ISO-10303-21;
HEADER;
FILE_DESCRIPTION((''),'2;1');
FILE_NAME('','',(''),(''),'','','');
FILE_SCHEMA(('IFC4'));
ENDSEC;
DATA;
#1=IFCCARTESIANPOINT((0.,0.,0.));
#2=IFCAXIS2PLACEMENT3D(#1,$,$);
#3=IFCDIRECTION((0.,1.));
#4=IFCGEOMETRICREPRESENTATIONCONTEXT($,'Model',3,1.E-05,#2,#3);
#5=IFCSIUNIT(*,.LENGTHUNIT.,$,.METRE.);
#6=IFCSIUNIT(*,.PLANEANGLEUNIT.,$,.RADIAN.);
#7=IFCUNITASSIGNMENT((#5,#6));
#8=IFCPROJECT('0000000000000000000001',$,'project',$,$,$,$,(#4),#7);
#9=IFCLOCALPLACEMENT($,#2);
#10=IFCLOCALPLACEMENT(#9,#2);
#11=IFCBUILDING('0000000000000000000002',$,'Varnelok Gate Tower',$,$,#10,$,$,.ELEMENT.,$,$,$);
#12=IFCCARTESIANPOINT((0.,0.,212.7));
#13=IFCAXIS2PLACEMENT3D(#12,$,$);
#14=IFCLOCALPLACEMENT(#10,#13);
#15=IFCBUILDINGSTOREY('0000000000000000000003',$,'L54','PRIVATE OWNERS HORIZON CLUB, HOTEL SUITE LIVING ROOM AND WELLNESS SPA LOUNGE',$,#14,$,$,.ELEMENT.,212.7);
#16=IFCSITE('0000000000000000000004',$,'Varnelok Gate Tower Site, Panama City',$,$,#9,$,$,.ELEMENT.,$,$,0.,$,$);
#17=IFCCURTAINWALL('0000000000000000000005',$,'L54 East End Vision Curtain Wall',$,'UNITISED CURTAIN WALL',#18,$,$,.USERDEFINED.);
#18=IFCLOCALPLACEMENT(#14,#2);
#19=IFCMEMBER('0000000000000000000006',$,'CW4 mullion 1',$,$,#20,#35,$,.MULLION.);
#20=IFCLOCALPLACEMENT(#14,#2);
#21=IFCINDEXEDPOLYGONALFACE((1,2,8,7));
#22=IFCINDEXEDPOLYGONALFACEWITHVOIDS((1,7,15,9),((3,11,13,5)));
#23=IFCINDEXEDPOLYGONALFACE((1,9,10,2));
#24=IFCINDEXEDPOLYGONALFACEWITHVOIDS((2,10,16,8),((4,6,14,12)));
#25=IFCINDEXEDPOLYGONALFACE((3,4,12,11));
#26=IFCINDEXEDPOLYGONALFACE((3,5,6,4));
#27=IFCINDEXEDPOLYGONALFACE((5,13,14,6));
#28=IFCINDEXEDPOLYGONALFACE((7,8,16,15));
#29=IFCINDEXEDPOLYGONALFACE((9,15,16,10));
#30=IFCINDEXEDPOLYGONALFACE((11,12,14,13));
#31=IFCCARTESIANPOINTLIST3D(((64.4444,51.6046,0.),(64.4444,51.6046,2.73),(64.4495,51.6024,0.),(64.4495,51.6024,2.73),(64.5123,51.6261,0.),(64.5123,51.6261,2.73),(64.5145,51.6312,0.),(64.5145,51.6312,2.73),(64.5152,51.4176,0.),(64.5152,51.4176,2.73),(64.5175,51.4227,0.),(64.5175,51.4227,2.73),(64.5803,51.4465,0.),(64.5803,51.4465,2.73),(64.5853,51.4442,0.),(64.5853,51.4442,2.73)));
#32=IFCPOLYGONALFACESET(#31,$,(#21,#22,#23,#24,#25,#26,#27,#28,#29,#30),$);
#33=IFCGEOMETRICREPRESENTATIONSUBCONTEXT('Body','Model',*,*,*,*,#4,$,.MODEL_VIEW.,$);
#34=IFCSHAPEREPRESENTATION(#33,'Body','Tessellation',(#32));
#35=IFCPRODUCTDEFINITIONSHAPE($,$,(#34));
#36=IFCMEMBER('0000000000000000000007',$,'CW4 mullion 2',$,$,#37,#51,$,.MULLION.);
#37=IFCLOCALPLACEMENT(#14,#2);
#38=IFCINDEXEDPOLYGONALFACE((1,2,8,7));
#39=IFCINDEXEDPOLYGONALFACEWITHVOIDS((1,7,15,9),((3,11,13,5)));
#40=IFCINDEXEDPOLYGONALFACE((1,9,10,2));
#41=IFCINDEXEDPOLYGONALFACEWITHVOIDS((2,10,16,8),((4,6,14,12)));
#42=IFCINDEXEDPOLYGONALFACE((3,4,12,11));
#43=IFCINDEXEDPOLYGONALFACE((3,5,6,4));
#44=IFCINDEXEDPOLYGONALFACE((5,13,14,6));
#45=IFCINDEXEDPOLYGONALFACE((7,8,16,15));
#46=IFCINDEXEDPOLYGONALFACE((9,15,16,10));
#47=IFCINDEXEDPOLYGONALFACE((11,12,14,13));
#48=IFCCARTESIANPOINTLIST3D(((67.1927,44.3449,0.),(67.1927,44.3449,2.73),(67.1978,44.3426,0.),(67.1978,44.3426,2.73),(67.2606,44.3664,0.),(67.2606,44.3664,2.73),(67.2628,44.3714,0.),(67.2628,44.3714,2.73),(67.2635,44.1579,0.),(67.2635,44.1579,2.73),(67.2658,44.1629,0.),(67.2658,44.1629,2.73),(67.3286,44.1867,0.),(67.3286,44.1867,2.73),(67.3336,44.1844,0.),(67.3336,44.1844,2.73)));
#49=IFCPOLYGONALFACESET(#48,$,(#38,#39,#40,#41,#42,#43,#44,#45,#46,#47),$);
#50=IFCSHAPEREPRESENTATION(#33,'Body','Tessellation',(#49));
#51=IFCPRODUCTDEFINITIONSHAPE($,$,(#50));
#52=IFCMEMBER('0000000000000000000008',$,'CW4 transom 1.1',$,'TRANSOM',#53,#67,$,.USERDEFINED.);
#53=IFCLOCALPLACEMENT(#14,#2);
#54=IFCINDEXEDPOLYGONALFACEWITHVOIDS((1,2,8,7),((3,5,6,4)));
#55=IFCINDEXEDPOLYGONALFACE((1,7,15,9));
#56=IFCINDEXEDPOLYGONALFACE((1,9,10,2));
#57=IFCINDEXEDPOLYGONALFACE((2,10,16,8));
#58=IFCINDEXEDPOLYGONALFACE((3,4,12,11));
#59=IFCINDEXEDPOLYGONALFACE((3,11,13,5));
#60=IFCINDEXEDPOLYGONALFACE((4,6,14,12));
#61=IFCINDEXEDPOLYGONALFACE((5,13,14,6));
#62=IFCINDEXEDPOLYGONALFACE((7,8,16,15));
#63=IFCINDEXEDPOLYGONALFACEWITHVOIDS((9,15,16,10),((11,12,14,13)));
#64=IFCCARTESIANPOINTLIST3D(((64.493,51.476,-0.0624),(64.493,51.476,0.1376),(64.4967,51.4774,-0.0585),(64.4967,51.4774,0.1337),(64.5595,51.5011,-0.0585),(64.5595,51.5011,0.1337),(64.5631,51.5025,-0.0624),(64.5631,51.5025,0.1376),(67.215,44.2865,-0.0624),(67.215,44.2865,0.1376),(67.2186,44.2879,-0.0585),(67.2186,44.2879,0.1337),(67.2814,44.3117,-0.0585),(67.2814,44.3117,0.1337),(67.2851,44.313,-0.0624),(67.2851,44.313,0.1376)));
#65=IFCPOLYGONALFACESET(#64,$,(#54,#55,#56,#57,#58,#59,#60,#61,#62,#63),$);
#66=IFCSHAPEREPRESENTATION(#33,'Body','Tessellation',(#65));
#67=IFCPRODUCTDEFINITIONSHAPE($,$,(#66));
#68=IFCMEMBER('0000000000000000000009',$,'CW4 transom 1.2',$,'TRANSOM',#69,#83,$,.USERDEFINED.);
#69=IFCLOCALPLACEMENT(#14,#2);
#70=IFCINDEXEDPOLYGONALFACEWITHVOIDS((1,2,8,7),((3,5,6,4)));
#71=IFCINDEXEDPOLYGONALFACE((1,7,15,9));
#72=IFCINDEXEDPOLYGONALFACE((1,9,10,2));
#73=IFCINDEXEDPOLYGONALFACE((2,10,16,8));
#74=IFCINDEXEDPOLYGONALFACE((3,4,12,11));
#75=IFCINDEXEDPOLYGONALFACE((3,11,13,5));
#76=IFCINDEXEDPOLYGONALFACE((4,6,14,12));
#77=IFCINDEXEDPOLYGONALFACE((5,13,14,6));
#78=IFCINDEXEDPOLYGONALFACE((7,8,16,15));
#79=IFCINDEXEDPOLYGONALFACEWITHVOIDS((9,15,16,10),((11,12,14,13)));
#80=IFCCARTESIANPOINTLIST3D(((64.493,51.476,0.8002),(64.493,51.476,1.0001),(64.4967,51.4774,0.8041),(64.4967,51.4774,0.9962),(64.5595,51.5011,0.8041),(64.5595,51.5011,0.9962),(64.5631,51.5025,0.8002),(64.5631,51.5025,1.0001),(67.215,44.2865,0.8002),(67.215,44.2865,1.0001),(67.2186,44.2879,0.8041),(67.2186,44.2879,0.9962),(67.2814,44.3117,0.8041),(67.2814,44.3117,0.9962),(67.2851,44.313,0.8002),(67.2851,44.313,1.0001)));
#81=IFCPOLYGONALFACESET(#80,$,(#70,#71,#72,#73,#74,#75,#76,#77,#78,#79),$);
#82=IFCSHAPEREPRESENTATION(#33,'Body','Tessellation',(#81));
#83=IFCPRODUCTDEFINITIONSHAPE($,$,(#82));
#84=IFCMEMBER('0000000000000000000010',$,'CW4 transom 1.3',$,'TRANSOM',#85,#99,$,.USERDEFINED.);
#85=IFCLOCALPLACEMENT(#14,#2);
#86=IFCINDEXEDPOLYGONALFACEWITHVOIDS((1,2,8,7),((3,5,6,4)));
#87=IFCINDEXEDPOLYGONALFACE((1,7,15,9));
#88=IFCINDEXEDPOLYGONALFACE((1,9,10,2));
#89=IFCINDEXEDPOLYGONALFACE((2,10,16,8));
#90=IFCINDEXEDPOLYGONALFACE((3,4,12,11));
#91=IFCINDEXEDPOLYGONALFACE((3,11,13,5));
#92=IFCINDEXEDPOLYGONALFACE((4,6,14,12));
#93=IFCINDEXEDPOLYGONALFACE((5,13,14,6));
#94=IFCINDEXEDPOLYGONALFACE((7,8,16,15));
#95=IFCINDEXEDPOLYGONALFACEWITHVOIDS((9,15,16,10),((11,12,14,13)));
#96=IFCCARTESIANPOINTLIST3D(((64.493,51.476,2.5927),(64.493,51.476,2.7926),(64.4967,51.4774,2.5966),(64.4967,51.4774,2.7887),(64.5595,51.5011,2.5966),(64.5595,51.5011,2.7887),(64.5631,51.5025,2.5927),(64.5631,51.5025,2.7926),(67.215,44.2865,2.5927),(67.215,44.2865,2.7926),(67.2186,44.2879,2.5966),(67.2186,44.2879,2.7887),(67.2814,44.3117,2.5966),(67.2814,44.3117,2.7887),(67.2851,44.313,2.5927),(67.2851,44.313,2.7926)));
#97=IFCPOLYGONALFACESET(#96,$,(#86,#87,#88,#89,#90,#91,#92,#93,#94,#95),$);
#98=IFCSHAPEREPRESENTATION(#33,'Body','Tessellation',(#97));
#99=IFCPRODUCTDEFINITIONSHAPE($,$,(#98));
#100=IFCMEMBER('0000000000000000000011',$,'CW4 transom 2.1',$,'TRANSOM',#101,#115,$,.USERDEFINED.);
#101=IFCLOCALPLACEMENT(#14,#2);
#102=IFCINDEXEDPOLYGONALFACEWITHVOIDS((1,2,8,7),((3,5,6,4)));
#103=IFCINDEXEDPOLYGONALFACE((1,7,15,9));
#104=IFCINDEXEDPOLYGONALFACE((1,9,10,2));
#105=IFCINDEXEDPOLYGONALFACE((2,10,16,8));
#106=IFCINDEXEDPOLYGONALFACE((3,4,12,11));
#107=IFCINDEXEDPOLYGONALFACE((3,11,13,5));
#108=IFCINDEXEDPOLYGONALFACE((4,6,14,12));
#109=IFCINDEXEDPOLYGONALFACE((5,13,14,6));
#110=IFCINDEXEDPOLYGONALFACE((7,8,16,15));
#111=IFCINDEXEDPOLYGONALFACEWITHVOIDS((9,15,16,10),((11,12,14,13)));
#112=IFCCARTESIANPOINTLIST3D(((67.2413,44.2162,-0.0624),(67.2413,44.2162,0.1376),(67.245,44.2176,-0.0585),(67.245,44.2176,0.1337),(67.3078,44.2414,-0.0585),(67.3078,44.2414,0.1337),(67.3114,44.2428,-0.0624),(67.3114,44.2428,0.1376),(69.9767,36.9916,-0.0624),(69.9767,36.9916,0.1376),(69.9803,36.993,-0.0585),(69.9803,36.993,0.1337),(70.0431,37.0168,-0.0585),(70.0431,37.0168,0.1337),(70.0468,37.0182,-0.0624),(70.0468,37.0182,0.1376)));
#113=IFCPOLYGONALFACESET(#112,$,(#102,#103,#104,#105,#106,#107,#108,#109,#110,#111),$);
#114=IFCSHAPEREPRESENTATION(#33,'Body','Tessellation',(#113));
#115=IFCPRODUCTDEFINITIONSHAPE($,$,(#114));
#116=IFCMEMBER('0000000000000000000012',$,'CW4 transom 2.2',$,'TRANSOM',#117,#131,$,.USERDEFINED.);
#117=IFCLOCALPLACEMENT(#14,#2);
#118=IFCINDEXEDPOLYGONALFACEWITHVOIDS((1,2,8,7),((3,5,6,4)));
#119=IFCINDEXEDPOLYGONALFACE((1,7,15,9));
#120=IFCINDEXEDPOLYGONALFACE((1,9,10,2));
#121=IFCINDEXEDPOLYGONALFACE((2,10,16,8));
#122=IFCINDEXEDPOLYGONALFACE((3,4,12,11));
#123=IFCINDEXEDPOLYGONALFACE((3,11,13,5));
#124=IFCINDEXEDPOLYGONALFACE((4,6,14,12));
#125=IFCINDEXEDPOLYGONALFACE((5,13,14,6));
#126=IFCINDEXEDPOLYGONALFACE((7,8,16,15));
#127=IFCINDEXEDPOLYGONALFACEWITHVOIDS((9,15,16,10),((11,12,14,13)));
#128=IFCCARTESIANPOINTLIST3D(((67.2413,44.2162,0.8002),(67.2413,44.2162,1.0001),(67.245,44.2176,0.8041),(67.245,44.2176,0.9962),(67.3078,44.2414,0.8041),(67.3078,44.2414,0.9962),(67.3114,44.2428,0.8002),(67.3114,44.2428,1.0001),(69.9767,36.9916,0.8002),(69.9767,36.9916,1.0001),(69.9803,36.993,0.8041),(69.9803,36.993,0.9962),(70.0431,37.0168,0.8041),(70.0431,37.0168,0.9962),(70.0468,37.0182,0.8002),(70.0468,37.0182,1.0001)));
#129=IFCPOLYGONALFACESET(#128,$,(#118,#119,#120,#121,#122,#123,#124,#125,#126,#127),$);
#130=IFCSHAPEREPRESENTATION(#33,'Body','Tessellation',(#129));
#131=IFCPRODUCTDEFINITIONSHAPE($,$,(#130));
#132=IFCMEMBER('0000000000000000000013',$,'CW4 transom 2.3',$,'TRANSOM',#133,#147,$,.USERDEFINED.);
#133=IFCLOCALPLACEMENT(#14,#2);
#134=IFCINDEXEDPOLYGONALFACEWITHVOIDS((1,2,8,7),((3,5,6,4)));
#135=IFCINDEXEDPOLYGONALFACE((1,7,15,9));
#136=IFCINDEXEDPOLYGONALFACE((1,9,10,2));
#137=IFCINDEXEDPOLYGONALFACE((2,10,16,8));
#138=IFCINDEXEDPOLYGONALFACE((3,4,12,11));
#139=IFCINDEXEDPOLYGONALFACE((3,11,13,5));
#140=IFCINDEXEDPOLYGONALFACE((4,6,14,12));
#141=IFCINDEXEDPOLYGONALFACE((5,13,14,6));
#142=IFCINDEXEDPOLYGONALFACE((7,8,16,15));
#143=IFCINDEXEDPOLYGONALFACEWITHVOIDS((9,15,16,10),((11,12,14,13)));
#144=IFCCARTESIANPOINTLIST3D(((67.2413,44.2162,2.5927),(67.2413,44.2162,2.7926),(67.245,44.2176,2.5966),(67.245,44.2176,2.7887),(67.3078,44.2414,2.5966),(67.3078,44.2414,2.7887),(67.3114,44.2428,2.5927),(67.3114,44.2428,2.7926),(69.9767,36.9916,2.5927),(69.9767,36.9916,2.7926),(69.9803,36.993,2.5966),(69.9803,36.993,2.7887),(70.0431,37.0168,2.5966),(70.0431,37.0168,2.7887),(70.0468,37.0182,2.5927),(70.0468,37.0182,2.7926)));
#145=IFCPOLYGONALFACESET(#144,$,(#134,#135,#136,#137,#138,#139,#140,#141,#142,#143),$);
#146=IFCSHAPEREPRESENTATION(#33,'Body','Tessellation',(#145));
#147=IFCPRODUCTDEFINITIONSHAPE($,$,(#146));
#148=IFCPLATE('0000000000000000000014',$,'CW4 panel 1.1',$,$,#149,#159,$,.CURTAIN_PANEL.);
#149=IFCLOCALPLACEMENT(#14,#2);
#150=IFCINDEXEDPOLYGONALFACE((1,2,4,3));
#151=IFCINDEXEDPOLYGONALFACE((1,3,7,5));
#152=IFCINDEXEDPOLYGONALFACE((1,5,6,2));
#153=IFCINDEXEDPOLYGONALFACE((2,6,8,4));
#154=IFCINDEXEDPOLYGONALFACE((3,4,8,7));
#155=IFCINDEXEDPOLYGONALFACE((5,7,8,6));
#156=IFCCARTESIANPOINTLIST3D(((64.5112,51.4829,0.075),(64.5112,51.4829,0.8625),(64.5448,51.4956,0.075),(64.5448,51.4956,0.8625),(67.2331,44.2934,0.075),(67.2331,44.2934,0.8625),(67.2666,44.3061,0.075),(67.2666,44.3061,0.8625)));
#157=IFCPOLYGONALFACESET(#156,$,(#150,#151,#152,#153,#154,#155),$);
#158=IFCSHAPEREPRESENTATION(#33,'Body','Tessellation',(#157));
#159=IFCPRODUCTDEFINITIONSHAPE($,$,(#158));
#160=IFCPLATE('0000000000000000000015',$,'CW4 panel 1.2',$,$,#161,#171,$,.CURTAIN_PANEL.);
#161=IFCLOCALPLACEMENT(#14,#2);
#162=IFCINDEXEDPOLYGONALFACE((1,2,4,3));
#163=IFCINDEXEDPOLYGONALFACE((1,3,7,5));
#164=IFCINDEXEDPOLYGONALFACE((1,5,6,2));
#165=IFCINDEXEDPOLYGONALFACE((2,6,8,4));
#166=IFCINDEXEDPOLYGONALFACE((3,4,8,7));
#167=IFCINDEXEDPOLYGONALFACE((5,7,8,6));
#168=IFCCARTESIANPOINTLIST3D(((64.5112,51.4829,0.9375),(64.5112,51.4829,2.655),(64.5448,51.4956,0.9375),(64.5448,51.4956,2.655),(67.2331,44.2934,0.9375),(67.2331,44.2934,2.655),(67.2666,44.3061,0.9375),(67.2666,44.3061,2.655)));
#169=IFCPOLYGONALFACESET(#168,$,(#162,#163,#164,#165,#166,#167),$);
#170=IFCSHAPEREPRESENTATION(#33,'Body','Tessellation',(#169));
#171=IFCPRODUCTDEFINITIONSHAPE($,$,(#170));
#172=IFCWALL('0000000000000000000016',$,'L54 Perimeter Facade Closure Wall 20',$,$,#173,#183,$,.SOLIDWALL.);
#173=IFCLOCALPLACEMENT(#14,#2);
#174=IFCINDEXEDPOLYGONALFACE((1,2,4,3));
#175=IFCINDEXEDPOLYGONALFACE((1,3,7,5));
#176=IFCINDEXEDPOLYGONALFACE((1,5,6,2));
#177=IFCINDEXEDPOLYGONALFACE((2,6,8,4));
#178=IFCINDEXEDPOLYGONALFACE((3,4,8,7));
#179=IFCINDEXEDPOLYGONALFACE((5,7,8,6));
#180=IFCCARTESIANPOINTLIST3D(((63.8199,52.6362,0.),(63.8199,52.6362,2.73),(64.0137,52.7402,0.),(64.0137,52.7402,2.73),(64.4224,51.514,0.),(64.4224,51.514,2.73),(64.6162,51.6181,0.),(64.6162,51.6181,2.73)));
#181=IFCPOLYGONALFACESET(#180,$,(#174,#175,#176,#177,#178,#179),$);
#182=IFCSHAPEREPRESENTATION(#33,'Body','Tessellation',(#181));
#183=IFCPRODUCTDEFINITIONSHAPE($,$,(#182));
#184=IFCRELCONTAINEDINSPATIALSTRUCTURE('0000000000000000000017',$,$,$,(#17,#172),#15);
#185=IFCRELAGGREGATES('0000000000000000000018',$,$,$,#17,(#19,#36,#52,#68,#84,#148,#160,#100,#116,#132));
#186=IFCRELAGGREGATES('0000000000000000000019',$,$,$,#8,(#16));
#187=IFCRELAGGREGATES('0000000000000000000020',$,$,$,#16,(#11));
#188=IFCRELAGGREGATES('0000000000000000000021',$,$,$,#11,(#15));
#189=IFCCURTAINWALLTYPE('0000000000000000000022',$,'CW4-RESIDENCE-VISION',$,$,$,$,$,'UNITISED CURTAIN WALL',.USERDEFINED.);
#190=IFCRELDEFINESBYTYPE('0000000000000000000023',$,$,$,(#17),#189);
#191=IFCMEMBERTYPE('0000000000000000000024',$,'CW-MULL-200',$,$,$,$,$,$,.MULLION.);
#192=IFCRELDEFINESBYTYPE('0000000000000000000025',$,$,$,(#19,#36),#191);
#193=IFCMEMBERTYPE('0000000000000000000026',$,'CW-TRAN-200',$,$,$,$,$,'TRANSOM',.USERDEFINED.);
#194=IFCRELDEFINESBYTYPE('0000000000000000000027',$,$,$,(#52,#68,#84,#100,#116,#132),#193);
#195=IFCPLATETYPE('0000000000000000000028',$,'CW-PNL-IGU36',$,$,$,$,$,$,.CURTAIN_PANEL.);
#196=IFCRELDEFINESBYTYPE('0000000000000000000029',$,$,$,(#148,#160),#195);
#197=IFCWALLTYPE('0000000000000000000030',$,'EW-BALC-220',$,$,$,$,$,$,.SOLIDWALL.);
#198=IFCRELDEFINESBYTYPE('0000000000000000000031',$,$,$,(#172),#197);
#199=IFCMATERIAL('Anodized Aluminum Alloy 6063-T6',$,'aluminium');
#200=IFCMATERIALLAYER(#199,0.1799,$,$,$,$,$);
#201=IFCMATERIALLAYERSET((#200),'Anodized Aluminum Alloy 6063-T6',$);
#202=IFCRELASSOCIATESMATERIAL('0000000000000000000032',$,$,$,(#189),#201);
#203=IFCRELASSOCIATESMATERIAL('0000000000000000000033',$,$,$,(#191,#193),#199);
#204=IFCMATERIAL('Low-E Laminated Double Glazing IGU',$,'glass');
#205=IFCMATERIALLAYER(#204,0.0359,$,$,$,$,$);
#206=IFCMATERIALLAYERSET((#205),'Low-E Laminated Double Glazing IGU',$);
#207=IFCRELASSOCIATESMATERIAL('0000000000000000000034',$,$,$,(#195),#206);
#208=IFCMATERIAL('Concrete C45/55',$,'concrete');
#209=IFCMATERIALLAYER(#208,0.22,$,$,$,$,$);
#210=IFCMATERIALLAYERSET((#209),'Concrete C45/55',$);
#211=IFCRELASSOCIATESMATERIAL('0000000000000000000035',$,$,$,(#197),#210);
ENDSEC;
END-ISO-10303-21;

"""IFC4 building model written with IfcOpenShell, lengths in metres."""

from ifc_helpers import new_model, si_unit, direction, frame, frame_2d, origin, origin_2d, place, context, subcontext, project, spatial, rectangle, hollow_rectangle, extrude, source, transform, mapped, material, layer, layer_set, material_profile, profile_set, type_object, element, aggregate, save


model = new_model("IFC4")

# Units and contexts
model_context = context("Model", 3, precision=1e-05, world=origin(), true_north=direction((0.0, 1.0)))
body_context = subcontext(model_context, "Body", "Model", "MODEL_VIEW")
ifc_project = project(units=[si_unit("LENGTHUNIT", "METRE"), si_unit("PLANEANGLEUNIT", "RADIAN")], contexts=[model_context])

# Site, building, storey
site_placement = place(None, origin())
site = spatial("IfcSite", under=ifc_project, at=site_placement, Name="Varnelok Gate Tower Site, Panama City", CompositionType="ELEMENT", RefElevation=0.0)
building_placement = place(site_placement, origin())
building = spatial("IfcBuilding", under=site, at=building_placement, Name="Varnelok Gate Tower", CompositionType="ELEMENT")
storey_placement = place(building_placement, frame((0.0, 0.0, 212.7)))
storey = spatial("IfcBuildingStorey", under=building, at=storey_placement, Name="L54", Description="PRIVATE OWNERS HORIZON CLUB, HOTEL SUITE LIVING ROOM AND WELLNESS SPA LOUNGE", CompositionType="ELEMENT", Elevation=212.7)

# Curtain wall, members, plates
ifc_material_1 = material(Name="Anodized Aluminum Alloy 6063-T6", Category="aluminium")
ifc_layer_1 = layer(ifc_material_1, 0.1799)
ifc_layer_set_1 = layer_set([ifc_layer_1], Name="Anodized Aluminum Alloy 6063-T6")
curtain_wall_type = type_object("IfcCurtainWallType", Name="CW4-RESIDENCE-VISION", ElementType="UNITISED CURTAIN WALL", PredefinedType="USERDEFINED", material=ifc_layer_set_1)
curtain_wall_placement = place(storey_placement, origin())
curtain_wall = element("IfcCurtainWall", 1, at=curtain_wall_placement, inside=storey, type_object=curtain_wall_type, Name="L54 East End Vision Curtain Wall", ObjectType="UNITISED CURTAIN WALL", PredefinedType="USERDEFINED")
ifc_material_profile_1 = material_profile(ifc_material_1, hollow_rectangle(XDim=0.075, YDim=0.2, WallThickness=0.0039, at=origin_2d()), Name="ALU200X75X4")
ifc_profile_set_1 = profile_set([ifc_material_profile_1], Name="Anodized Aluminum Alloy 6063-T6")
member_type_1 = type_object("IfcMemberType", Name="CW-MULL-200", PredefinedType="MULLION", material=ifc_profile_set_1)
member_1_placement = place(storey_placement, frame((64.5149, 51.5244, 0.0), z_axis=(0.0, 0.0, 1.0), x_axis=(0.935222, 0.354063, 0.0)))
member_1 = element("IfcMember", 2, at=member_1_placement, type_object=member_type_1, Name="CW4 mullion 1", PredefinedType="MULLION", context=body_context, shape_type="SweptSolid", body=[
    extrude(hollow_rectangle(XDim=0.075, YDim=0.2, WallThickness=0.0039, at=origin_2d()), origin(), (0.0, 0.0, 1.0), 2.73),
])
member_2_placement = place(storey_placement, frame((67.2632, 44.2646, 0.0), z_axis=(0.0, 0.0, 1.0), x_axis=(0.935222, 0.354063, 0.0)))
member_2 = element("IfcMember", 3, at=member_2_placement, type_object=member_type_1, Name="CW4 mullion 2", PredefinedType="MULLION", context=body_context, shape_type="SweptSolid", body=[
    extrude(hollow_rectangle(XDim=0.075, YDim=0.2, WallThickness=0.0039, at=origin_2d()), origin(), (0.0, 0.0, 1.0), 2.73),
])
ifc_material_profile_2 = material_profile(ifc_material_1, hollow_rectangle(XDim=0.075, YDim=0.2, WallThickness=0.0039, at=origin_2d()), Name="ALU200X75X4")
ifc_profile_set_2 = profile_set([ifc_material_profile_2], Name="Anodized Aluminum Alloy 6063-T6")
member_type_2 = type_object("IfcMemberType", Name="CW-TRAN-200", ElementType="TRANSOM", PredefinedType="USERDEFINED", material=ifc_profile_set_2)
member_3_placement = place(storey_placement, frame((64.5281, 51.4893, 0.0376), z_axis=(0.354073, -0.935218, 0.0), x_axis=(0.935218, 0.354073, 0.0)))
member_3 = element("IfcMember", 4, at=member_3_placement, type_object=member_type_2, Name="CW4 transom 1.1", ObjectType="TRANSOM", PredefinedType="USERDEFINED", context=body_context, shape_type="SweptSolid", body=[
    extrude(hollow_rectangle(XDim=0.075, YDim=0.2, WallThickness=0.0039, at=origin_2d()), origin(), (0.0, 0.0, 1.0), 7.6875),
])
member_4_placement = place(storey_placement, frame((64.5281, 51.4893, 0.9001), z_axis=(0.354073, -0.935218, 0.0), x_axis=(0.935218, 0.354073, 0.0)))
member_4 = element("IfcMember", 5, at=member_4_placement, type_object=member_type_2, Name="CW4 transom 1.2", ObjectType="TRANSOM", PredefinedType="USERDEFINED", context=body_context, shape_type="SweptSolid", body=[
    extrude(hollow_rectangle(XDim=0.075, YDim=0.2, WallThickness=0.0039, at=origin_2d()), origin(), (0.0, 0.0, 1.0), 7.6875),
])
member_5_placement = place(storey_placement, frame((64.5281, 51.4893, 2.6926), z_axis=(0.354073, -0.935218, 0.0), x_axis=(0.935218, 0.354073, 0.0)))
member_5 = element("IfcMember", 6, at=member_5_placement, type_object=member_type_2, Name="CW4 transom 1.3", ObjectType="TRANSOM", PredefinedType="USERDEFINED", context=body_context, shape_type="SweptSolid", body=[
    extrude(hollow_rectangle(XDim=0.075, YDim=0.2, WallThickness=0.0039, at=origin_2d()), origin(), (0.0, 0.0, 1.0), 7.6875),
])
member_6_placement = place(storey_placement, frame((67.2764, 44.2295, 0.0376), z_axis=(0.354086, -0.935213, 0.0), x_axis=(0.935213, 0.354086, 0.0)))
member_6 = element("IfcMember", 7, at=member_6_placement, type_object=member_type_2, Name="CW4 transom 2.1", ObjectType="TRANSOM", PredefinedType="USERDEFINED", context=body_context, shape_type="SweptSolid", body=[
    extrude(hollow_rectangle(XDim=0.075, YDim=0.2, WallThickness=0.0039, at=origin_2d()), origin(), (0.0, 0.0, 1.0), 7.7251),
])
member_7_placement = place(storey_placement, frame((67.2764, 44.2295, 0.9001), z_axis=(0.354086, -0.935213, 0.0), x_axis=(0.935213, 0.354086, 0.0)))
member_7 = element("IfcMember", 8, at=member_7_placement, type_object=member_type_2, Name="CW4 transom 2.2", ObjectType="TRANSOM", PredefinedType="USERDEFINED", context=body_context, shape_type="SweptSolid", body=[
    extrude(hollow_rectangle(XDim=0.075, YDim=0.2, WallThickness=0.0039, at=origin_2d()), origin(), (0.0, 0.0, 1.0), 7.7251),
])
member_8_placement = place(storey_placement, frame((67.2764, 44.2295, 2.6926), z_axis=(0.354086, -0.935213, 0.0), x_axis=(0.935213, 0.354086, 0.0)))
member_8 = element("IfcMember", 9, at=member_8_placement, type_object=member_type_2, Name="CW4 transom 2.3", ObjectType="TRANSOM", PredefinedType="USERDEFINED", context=body_context, shape_type="SweptSolid", body=[
    extrude(hollow_rectangle(XDim=0.075, YDim=0.2, WallThickness=0.0039, at=origin_2d()), origin(), (0.0, 0.0, 1.0), 7.7251),
])
ifc_material_2 = material(Name="Low-E Laminated Double Glazing IGU", Category="glass")
ifc_layer_2 = layer(ifc_material_2, 0.0359)
ifc_layer_set_2 = layer_set([ifc_layer_2], Name="Low-E Laminated Double Glazing IGU")
plate_type = type_object("IfcPlateType", Name="CW-PNL-IGU36", PredefinedType="CURTAIN_PANEL", material=ifc_layer_set_2)
shared_shape_1 = source(origin(), body_context, "Body", "SweptSolid", [
    extrude(rectangle(XDim=7.6875, YDim=0.0359, at=origin_2d()), origin(), (0.0, 0.0, 1.0), 0.7876),
])
plate_1_placement = place(storey_placement, frame((65.8889, 47.8945, 0.075), z_axis=(0.0, 0.0, 1.0), x_axis=(0.354063, -0.935222, 0.0)))
plate_1 = element("IfcPlate", 10, at=plate_1_placement, type_object=plate_type, Name="CW4 panel 1.1", PredefinedType="CURTAIN_PANEL", context=body_context, shape_type="MappedRepresentation", body=[
    mapped(shared_shape_1, transform((0.0, 0.0, 0.0), scale=1.0)),
])
shared_shape_2 = source(origin(), body_context, "Body", "SweptSolid", [
    extrude(rectangle(XDim=7.6875, YDim=0.0359, at=origin_2d()), origin(), (0.0, 0.0, 1.0), 1.7175),
])
plate_2_placement = place(storey_placement, frame((65.8889, 47.8945, 0.9375), z_axis=(0.0, 0.0, 1.0), x_axis=(0.354063, -0.935222, 0.0)))
plate_2 = element("IfcPlate", 11, at=plate_2_placement, type_object=plate_type, Name="CW4 panel 1.2", PredefinedType="CURTAIN_PANEL", context=body_context, shape_type="MappedRepresentation", body=[
    mapped(shared_shape_2, transform((0.0, 0.0, 0.0), scale=1.0)),
])
aggregate(curtain_wall, [member_1, member_2, member_3, member_4, member_5, plate_1, plate_2, member_6, member_7, member_8])

# Wall
ifc_material_3 = material(Name="Concrete C45/55", Category="concrete")
ifc_layer_3 = layer(ifc_material_3, 0.22)
ifc_layer_set_3 = layer_set([ifc_layer_3], Name="Concrete C45/55")
wall_type_1 = type_object("IfcWallType", Name="EW-BALC-220", PredefinedType="SOLIDWALL", material=ifc_layer_set_3)
wall_1_placement = place(storey_placement, frame((64.5193, 51.5662, 0.0), z_axis=(0.0, 0.0, 1.0), x_axis=(-0.473094, 0.881012, 0.0)))
element("IfcWall", 12, at=wall_1_placement, inside=storey, type_object=wall_type_1, Name="L54 Perimeter Facade Closure Wall 20", PredefinedType="SOLIDWALL", context=body_context, shape_type="SweptSolid", body=[
    extrude(rectangle(XDim=1.2737, YDim=0.22, at=frame_2d((0.6367, 0.0))), origin(), (0.0, 0.0, 1.0), 2.73),
])

save(model, "model.ifc")
